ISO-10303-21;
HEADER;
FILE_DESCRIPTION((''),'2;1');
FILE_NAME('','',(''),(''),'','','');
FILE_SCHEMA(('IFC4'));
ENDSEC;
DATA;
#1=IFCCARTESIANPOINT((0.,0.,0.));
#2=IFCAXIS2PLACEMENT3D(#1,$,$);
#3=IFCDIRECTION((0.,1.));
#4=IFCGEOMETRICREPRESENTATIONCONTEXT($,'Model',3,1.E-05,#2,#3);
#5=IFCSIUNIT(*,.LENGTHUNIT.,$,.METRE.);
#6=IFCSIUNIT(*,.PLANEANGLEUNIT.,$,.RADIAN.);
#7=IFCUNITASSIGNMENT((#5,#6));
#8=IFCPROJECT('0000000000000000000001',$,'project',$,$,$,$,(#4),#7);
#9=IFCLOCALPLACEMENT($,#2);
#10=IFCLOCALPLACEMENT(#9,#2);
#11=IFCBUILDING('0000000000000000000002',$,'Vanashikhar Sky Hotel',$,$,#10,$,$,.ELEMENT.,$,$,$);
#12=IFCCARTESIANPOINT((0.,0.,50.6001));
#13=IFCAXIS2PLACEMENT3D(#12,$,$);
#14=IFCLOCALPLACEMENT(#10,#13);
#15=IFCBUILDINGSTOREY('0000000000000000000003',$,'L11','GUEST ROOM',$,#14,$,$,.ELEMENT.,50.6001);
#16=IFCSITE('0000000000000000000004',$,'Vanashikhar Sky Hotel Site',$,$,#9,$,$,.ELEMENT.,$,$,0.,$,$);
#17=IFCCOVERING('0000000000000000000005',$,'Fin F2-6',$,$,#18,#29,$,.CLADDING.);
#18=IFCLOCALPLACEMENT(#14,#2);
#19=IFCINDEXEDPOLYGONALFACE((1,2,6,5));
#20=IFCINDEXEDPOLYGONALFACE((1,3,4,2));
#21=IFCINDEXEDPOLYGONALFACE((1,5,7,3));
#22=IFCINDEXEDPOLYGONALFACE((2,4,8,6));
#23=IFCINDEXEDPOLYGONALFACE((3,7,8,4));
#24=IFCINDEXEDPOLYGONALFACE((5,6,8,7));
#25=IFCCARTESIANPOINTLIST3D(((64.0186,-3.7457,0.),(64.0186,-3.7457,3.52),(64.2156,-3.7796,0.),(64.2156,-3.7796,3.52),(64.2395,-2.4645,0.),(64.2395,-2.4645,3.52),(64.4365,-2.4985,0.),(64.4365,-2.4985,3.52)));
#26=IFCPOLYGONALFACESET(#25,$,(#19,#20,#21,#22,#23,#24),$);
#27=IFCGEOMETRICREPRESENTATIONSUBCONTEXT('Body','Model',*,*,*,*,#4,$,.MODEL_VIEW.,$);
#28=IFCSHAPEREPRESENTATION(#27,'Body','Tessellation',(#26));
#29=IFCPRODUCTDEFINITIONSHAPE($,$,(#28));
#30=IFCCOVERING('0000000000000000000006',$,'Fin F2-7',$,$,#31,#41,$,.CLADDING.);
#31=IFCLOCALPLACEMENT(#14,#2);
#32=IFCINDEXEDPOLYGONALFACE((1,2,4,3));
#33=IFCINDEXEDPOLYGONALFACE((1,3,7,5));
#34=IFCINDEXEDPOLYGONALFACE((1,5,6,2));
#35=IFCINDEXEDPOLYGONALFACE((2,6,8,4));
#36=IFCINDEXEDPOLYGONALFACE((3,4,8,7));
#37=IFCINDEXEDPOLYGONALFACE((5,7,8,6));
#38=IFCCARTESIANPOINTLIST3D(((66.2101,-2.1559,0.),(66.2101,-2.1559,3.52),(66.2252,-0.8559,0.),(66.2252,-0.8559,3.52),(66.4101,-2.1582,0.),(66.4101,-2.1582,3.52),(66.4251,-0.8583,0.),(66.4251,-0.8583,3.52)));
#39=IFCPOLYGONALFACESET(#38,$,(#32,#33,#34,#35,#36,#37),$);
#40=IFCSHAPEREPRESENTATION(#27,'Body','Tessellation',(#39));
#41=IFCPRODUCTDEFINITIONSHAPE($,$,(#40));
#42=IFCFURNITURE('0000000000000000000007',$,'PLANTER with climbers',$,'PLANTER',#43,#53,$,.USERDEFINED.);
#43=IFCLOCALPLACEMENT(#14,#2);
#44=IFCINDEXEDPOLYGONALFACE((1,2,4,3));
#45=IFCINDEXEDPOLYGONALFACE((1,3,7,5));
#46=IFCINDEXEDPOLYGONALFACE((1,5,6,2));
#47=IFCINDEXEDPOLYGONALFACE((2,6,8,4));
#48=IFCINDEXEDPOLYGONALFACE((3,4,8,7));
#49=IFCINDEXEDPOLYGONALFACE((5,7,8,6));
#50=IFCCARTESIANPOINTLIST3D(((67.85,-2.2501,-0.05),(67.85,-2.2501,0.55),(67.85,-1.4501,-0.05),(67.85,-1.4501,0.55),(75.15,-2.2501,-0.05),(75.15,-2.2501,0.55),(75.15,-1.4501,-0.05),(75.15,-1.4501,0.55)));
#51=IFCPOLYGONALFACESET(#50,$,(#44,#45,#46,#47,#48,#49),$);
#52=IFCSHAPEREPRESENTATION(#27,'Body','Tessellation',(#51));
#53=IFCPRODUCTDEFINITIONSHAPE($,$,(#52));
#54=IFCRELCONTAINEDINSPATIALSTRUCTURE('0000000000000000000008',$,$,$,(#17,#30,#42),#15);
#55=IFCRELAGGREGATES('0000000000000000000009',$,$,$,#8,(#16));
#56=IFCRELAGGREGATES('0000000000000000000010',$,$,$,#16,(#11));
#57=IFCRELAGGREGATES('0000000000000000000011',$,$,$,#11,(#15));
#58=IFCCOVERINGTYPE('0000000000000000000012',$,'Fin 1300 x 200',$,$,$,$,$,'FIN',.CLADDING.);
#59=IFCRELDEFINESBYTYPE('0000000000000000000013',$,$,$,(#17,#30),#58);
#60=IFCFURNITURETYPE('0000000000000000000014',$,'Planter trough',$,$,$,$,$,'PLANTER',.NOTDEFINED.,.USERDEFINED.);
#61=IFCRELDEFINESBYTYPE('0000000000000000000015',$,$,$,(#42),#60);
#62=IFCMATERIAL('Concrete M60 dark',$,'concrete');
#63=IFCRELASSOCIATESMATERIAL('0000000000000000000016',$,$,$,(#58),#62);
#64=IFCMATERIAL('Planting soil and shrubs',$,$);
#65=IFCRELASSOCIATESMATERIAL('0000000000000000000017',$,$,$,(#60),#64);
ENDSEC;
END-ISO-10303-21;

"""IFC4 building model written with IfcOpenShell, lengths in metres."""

from ifc_helpers import new_model, si_unit, direction, frame, origin, origin_2d, place, context, subcontext, project, spatial, rectangle, extrude, source, transform, mapped, material, material_profile, profile_set, type_object, element, save


model = new_model("IFC4")

# Units and contexts
model_context = context("Model", 3, precision=1e-05, world=origin(), true_north=direction((0.0, 1.0)))
body_context = subcontext(model_context, "Body", "Model", "MODEL_VIEW")
ifc_project = project(units=[si_unit("LENGTHUNIT", "METRE"), si_unit("PLANEANGLEUNIT", "RADIAN")], contexts=[model_context])

# Site, building, storey
site_placement = place(None, origin())
site = spatial("IfcSite", under=ifc_project, at=site_placement, Name="Vanashikhar Sky Hotel Site", CompositionType="ELEMENT", RefElevation=0.0)
building_placement = place(site_placement, origin())
building = spatial("IfcBuilding", under=site, at=building_placement, Name="Vanashikhar Sky Hotel", CompositionType="ELEMENT")
storey_placement = place(building_placement, frame((0.0, 0.0, 50.6001)))
storey = spatial("IfcBuildingStorey", under=building, at=storey_placement, Name="L11", Description="GUEST ROOM", CompositionType="ELEMENT", Elevation=50.6001)

# Coverings
ifc_material_1 = material(Name="Concrete M60 dark", Category="concrete")
ifc_material_profile = material_profile(ifc_material_1, rectangle(XDim=1.3, YDim=0.2, at=origin_2d()))
ifc_profile_set = profile_set([ifc_material_profile], Name="Fin 1300 x 200")
covering_type_1 = type_object("IfcCoveringType", Name="Fin 1300 x 200", ElementType="FIN", PredefinedType="CLADDING", material=ifc_profile_set)
shared_shape_1 = source(origin(), body_context, "Body", "SweptSolid", [
    extrude(rectangle(XDim=1.3, YDim=0.2, at=origin_2d()), origin(), (0.0, 0.0, 1.0), 3.52),
])
for number, where, z_axis, x_axis, name in (
    (1, (64.2275, -3.1221, 0.0), (0.0, 0.0, 1.0), (-0.1699, -0.985461, 0.0), "Fin F2-6"),
    (2, (66.3176, -1.5071, 0.0), (0.0, 0.0, 1.0), (-0.011589, -0.999933, 0.0), "Fin F2-7"),
):
    element("IfcCovering", number, at=place(storey_placement, frame(where, z_axis=z_axis, x_axis=x_axis)), inside=storey, type_object=covering_type_1, Name=name, PredefinedType="CLADDING", context=body_context, shape_type="MappedRepresentation", body=[
        mapped(shared_shape_1, transform((0.0, 0.0, 0.0), scale=1.0)),
    ])

# Furniture
ifc_material_2 = material(Name="Planting soil and shrubs")
furniture_type = type_object("IfcFurnitureType", Name="Planter trough", ElementType="PLANTER", AssemblyPlace="NOTDEFINED", PredefinedType="USERDEFINED", material=ifc_material_2)
shared_shape_2 = source(origin(), body_context, "Body", "SweptSolid", [
    extrude(rectangle(XDim=7.3, YDim=0.8, at=origin_2d()), origin(), (0.0, 0.0, 1.0), 0.6001),
])
furniture_placement = place(storey_placement, frame((71.5, -1.8501, -0.05), z_axis=(0.0, 0.0, 1.0), x_axis=(1.0, 0.0, 0.0)))
element("IfcFurniture", 3, at=furniture_placement, inside=storey, type_object=furniture_type, Name="PLANTER with climbers", ObjectType="PLANTER", PredefinedType="USERDEFINED", context=body_context, shape_type="MappedRepresentation", body=[
    mapped(shared_shape_2, transform((0.0, 0.0, 0.0), scale=1.0)),
])

save(model, "model.ifc")
